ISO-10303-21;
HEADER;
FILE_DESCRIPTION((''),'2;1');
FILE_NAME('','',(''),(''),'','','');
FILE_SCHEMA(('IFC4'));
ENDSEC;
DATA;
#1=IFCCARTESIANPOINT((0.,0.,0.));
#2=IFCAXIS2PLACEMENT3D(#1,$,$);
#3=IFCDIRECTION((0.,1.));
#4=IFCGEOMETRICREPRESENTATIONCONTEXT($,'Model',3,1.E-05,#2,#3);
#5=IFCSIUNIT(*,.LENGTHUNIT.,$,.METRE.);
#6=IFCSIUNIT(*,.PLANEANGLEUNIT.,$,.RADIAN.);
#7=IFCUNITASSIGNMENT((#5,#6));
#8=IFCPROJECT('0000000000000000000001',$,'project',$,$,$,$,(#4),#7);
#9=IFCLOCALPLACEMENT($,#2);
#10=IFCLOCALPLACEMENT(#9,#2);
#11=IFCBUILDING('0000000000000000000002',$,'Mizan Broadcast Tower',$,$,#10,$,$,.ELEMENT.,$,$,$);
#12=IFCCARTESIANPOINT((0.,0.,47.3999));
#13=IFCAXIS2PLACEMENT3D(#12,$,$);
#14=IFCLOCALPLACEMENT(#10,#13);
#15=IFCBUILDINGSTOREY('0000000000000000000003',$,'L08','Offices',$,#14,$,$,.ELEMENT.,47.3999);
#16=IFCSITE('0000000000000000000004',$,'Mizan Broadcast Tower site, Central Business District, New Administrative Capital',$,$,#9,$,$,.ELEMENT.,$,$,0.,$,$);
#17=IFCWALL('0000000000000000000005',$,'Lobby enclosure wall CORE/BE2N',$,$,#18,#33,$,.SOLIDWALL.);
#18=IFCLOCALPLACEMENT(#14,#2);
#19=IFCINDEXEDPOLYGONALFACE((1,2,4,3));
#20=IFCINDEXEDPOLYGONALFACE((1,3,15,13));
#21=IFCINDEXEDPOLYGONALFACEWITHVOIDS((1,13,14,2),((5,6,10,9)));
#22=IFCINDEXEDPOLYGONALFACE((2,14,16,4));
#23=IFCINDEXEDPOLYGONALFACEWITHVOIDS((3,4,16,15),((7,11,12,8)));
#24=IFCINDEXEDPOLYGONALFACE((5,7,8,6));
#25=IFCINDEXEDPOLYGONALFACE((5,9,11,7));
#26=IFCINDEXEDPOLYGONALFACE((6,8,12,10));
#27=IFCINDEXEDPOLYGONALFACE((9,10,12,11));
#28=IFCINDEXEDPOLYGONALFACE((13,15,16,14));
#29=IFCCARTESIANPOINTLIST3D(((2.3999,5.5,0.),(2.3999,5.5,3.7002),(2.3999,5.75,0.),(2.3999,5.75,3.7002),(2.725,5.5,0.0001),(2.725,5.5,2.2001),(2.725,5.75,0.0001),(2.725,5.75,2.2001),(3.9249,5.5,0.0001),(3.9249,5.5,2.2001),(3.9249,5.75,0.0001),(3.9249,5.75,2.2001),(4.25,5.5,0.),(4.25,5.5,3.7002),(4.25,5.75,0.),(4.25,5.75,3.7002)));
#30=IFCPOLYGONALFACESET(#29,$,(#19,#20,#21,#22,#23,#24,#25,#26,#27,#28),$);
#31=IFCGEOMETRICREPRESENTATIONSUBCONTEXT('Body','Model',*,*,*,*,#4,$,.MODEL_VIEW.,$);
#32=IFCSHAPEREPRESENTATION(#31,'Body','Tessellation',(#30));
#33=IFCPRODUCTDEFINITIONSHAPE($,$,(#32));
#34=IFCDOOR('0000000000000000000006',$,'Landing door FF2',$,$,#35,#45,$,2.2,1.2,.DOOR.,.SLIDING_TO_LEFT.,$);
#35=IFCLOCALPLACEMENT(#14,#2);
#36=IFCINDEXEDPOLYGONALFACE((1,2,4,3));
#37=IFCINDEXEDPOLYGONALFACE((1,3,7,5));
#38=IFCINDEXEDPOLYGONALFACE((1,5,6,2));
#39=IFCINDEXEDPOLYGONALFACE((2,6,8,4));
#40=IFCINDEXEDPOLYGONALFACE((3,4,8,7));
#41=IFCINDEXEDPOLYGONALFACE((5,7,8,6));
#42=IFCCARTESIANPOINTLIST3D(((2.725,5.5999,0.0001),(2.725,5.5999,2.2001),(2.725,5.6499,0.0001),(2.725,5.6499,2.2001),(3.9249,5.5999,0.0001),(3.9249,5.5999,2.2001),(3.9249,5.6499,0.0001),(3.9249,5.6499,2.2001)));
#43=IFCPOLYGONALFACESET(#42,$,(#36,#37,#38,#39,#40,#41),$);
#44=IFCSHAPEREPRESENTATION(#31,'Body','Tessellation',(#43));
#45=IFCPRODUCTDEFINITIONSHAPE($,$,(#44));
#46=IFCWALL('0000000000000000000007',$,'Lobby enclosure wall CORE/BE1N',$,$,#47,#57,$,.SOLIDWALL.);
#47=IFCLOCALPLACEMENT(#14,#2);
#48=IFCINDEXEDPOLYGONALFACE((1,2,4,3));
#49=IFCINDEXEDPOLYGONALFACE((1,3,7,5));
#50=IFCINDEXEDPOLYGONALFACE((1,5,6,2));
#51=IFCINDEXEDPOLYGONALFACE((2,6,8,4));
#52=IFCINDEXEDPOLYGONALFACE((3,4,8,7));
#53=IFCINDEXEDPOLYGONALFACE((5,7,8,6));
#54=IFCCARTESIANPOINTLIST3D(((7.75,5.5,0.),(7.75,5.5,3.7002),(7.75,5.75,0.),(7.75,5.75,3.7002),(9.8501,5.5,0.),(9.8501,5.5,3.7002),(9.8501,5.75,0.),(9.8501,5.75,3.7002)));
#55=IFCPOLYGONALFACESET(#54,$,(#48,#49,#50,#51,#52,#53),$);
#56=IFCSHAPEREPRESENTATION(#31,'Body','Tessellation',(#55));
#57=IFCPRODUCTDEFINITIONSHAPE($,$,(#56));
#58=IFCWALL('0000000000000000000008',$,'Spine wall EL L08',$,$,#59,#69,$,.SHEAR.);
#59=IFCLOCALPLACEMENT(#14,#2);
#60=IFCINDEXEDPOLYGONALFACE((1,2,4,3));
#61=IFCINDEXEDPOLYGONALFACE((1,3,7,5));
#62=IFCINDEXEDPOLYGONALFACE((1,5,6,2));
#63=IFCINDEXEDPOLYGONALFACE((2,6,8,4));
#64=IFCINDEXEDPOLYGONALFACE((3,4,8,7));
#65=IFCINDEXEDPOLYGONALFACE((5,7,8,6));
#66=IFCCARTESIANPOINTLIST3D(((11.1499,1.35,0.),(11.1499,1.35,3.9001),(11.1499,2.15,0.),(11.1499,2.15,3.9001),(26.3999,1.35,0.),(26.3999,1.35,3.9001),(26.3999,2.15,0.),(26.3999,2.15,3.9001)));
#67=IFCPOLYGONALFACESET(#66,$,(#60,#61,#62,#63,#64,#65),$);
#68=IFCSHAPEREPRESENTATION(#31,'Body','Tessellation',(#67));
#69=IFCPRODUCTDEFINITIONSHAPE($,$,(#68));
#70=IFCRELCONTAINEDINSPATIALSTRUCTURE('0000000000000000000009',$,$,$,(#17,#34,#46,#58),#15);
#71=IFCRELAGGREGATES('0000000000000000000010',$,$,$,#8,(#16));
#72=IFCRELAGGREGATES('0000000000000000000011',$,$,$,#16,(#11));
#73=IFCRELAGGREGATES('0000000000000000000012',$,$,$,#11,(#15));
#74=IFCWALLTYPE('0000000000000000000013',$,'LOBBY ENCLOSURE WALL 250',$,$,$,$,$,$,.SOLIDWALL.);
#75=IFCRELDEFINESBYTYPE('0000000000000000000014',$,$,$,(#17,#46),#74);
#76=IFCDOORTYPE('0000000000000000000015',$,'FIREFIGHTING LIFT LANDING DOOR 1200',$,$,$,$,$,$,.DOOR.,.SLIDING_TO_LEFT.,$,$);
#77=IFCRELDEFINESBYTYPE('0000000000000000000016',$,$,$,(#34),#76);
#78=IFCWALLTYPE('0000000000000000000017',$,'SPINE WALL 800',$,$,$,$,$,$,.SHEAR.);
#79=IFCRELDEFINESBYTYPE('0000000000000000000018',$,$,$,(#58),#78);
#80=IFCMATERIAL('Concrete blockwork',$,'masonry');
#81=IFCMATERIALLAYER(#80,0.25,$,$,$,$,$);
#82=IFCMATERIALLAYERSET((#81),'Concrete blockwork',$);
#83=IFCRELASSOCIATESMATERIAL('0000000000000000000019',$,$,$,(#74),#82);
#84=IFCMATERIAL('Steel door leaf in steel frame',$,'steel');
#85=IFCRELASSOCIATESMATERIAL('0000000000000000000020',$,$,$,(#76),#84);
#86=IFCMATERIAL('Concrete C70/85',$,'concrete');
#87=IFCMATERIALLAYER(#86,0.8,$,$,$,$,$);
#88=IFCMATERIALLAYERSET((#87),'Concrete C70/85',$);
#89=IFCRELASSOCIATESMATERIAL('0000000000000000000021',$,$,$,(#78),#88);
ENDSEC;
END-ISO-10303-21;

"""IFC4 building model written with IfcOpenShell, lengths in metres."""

from ifc_helpers import new_model, si_unit, direction, frame, frame_2d, origin, place, context, subcontext, project, spatial, rectangle, extrude, material, layer, layer_set, type_object, element, fill, save


model = new_model("IFC4")

# Units and contexts
model_context = context("Model", 3, precision=1e-05, world=origin(), true_north=direction((0.0, 1.0)))
body_context = subcontext(model_context, "Body", "Model", "MODEL_VIEW")
ifc_project = project(units=[si_unit("LENGTHUNIT", "METRE"), si_unit("PLANEANGLEUNIT", "RADIAN")], contexts=[model_context])

# Site, building, storey
site_placement = place(None, origin())
site = spatial("IfcSite", under=ifc_project, at=site_placement, Name="Mizan Broadcast Tower site, Central Business District, New Administrative Capital", CompositionType="ELEMENT", RefElevation=0.0)
building_placement = place(site_placement, origin())
building = spatial("IfcBuilding", under=site, at=building_placement, Name="Mizan Broadcast Tower", CompositionType="ELEMENT")
storey_placement = place(building_placement, frame((0.0, 0.0, 47.3999)))
storey = spatial("IfcBuildingStorey", under=building, at=storey_placement, Name="L08", Description="Offices", CompositionType="ELEMENT", Elevation=47.3999)

# Wall, opening, door
ifc_material_1 = material(Name="Concrete blockwork", Category="masonry")
ifc_layer_1 = layer(ifc_material_1, 0.25)
ifc_layer_set_1 = layer_set([ifc_layer_1], Name="Concrete blockwork")
wall_type_1 = type_object("IfcWallType", Name="LOBBY ENCLOSURE WALL 250", PredefinedType="SOLIDWALL", material=ifc_layer_set_1)
wall_1_placement = place(storey_placement, frame((2.3999, 5.625, 0.0), z_axis=(0.0, 0.0, 1.0), x_axis=(1.0, 0.0, 0.0)))
wall_1 = element("IfcWall", 1, at=wall_1_placement, inside=storey, type_object=wall_type_1, Name="Lobby enclosure wall CORE/BE2N", PredefinedType="SOLIDWALL", context=body_context, shape_type="SweptSolid", body=[
    extrude(rectangle(XDim=1.8501, YDim=0.25, at=frame_2d((0.925, 0.0))), origin(), (0.0, 0.0, 1.0), 3.7002),
])
opening_1_placement = place(wall_1_placement, frame((0.325, 0.0, 0.0)))
opening_1 = element("IfcOpeningElement", 2, at=opening_1_placement, cuts=wall_1, PredefinedType="OPENING", context=body_context, shape_type="SweptSolid", body=[
    extrude(rectangle(XDim=1.2, YDim=2.2, at=frame_2d((0.6001, 1.1001))), frame((0.0, 0.135, 0.0), z_axis=(0.0, -1.0, 0.0), x_axis=(1.0, 0.0, 0.0)), (0.0, 0.0, 1.0), 0.27),
])
ifc_material_2 = material(Name="Steel door leaf in steel frame", Category="steel")
door_type_1 = type_object("IfcDoorType", Name="FIREFIGHTING LIFT LANDING DOOR 1200", OperationType="SLIDING_TO_LEFT", PredefinedType="DOOR", material=ifc_material_2)
door_1_placement = place(opening_1_placement, origin())
door_1 = element("IfcDoor", 3, at=door_1_placement, inside=storey, type_object=door_type_1, Name="Landing door FF2", OperationType="SLIDING_TO_LEFT", OverallHeight=2.2, OverallWidth=1.2, PredefinedType="DOOR", context=body_context, shape_type="SweptSolid", body=[
    extrude(rectangle(XDim=1.2, YDim=2.2, at=frame_2d((0.6001, 1.1001))), frame((0.0, 0.0249, 0.0), z_axis=(0.0, -1.0, 0.0), x_axis=(1.0, 0.0, 0.0)), (0.0, 0.0, 1.0), 0.05),
])
fill(opening_1, door_1)

# Walls
wall_2_placement = place(storey_placement, frame((7.75, 5.625, 0.0), z_axis=(0.0, 0.0, 1.0), x_axis=(1.0, 0.0, 0.0)))
element("IfcWall", 4, at=wall_2_placement, inside=storey, type_object=wall_type_1, Name="Lobby enclosure wall CORE/BE1N", PredefinedType="SOLIDWALL", context=body_context, shape_type="SweptSolid", body=[
    extrude(rectangle(XDim=2.1001, YDim=0.25, at=frame_2d((1.05, 0.0))), origin(), (0.0, 0.0, 1.0), 3.7002),
])
ifc_material_3 = material(Name="Concrete C70/85", Category="concrete")
ifc_layer_2 = layer(ifc_material_3, 0.8)
ifc_layer_set_2 = layer_set([ifc_layer_2], Name="Concrete C70/85")
wall_type_2 = type_object("IfcWallType", Name="SPINE WALL 800", PredefinedType="SHEAR", material=ifc_layer_set_2)
wall_3_placement = place(storey_placement, frame((11.1499, 1.75, 0.0), z_axis=(0.0, 0.0, 1.0), x_axis=(1.0, 0.0, 0.0)))
element("IfcWall", 5, at=wall_3_placement, inside=storey, type_object=wall_type_2, Name="Spine wall EL L08", PredefinedType="SHEAR", context=body_context, shape_type="SweptSolid", body=[
    extrude(rectangle(XDim=15.25, YDim=0.8, at=frame_2d((7.625, 0.0))), origin(), (0.0, 0.0, 1.0), 3.9001),
])

save(model, "model.ifc")
